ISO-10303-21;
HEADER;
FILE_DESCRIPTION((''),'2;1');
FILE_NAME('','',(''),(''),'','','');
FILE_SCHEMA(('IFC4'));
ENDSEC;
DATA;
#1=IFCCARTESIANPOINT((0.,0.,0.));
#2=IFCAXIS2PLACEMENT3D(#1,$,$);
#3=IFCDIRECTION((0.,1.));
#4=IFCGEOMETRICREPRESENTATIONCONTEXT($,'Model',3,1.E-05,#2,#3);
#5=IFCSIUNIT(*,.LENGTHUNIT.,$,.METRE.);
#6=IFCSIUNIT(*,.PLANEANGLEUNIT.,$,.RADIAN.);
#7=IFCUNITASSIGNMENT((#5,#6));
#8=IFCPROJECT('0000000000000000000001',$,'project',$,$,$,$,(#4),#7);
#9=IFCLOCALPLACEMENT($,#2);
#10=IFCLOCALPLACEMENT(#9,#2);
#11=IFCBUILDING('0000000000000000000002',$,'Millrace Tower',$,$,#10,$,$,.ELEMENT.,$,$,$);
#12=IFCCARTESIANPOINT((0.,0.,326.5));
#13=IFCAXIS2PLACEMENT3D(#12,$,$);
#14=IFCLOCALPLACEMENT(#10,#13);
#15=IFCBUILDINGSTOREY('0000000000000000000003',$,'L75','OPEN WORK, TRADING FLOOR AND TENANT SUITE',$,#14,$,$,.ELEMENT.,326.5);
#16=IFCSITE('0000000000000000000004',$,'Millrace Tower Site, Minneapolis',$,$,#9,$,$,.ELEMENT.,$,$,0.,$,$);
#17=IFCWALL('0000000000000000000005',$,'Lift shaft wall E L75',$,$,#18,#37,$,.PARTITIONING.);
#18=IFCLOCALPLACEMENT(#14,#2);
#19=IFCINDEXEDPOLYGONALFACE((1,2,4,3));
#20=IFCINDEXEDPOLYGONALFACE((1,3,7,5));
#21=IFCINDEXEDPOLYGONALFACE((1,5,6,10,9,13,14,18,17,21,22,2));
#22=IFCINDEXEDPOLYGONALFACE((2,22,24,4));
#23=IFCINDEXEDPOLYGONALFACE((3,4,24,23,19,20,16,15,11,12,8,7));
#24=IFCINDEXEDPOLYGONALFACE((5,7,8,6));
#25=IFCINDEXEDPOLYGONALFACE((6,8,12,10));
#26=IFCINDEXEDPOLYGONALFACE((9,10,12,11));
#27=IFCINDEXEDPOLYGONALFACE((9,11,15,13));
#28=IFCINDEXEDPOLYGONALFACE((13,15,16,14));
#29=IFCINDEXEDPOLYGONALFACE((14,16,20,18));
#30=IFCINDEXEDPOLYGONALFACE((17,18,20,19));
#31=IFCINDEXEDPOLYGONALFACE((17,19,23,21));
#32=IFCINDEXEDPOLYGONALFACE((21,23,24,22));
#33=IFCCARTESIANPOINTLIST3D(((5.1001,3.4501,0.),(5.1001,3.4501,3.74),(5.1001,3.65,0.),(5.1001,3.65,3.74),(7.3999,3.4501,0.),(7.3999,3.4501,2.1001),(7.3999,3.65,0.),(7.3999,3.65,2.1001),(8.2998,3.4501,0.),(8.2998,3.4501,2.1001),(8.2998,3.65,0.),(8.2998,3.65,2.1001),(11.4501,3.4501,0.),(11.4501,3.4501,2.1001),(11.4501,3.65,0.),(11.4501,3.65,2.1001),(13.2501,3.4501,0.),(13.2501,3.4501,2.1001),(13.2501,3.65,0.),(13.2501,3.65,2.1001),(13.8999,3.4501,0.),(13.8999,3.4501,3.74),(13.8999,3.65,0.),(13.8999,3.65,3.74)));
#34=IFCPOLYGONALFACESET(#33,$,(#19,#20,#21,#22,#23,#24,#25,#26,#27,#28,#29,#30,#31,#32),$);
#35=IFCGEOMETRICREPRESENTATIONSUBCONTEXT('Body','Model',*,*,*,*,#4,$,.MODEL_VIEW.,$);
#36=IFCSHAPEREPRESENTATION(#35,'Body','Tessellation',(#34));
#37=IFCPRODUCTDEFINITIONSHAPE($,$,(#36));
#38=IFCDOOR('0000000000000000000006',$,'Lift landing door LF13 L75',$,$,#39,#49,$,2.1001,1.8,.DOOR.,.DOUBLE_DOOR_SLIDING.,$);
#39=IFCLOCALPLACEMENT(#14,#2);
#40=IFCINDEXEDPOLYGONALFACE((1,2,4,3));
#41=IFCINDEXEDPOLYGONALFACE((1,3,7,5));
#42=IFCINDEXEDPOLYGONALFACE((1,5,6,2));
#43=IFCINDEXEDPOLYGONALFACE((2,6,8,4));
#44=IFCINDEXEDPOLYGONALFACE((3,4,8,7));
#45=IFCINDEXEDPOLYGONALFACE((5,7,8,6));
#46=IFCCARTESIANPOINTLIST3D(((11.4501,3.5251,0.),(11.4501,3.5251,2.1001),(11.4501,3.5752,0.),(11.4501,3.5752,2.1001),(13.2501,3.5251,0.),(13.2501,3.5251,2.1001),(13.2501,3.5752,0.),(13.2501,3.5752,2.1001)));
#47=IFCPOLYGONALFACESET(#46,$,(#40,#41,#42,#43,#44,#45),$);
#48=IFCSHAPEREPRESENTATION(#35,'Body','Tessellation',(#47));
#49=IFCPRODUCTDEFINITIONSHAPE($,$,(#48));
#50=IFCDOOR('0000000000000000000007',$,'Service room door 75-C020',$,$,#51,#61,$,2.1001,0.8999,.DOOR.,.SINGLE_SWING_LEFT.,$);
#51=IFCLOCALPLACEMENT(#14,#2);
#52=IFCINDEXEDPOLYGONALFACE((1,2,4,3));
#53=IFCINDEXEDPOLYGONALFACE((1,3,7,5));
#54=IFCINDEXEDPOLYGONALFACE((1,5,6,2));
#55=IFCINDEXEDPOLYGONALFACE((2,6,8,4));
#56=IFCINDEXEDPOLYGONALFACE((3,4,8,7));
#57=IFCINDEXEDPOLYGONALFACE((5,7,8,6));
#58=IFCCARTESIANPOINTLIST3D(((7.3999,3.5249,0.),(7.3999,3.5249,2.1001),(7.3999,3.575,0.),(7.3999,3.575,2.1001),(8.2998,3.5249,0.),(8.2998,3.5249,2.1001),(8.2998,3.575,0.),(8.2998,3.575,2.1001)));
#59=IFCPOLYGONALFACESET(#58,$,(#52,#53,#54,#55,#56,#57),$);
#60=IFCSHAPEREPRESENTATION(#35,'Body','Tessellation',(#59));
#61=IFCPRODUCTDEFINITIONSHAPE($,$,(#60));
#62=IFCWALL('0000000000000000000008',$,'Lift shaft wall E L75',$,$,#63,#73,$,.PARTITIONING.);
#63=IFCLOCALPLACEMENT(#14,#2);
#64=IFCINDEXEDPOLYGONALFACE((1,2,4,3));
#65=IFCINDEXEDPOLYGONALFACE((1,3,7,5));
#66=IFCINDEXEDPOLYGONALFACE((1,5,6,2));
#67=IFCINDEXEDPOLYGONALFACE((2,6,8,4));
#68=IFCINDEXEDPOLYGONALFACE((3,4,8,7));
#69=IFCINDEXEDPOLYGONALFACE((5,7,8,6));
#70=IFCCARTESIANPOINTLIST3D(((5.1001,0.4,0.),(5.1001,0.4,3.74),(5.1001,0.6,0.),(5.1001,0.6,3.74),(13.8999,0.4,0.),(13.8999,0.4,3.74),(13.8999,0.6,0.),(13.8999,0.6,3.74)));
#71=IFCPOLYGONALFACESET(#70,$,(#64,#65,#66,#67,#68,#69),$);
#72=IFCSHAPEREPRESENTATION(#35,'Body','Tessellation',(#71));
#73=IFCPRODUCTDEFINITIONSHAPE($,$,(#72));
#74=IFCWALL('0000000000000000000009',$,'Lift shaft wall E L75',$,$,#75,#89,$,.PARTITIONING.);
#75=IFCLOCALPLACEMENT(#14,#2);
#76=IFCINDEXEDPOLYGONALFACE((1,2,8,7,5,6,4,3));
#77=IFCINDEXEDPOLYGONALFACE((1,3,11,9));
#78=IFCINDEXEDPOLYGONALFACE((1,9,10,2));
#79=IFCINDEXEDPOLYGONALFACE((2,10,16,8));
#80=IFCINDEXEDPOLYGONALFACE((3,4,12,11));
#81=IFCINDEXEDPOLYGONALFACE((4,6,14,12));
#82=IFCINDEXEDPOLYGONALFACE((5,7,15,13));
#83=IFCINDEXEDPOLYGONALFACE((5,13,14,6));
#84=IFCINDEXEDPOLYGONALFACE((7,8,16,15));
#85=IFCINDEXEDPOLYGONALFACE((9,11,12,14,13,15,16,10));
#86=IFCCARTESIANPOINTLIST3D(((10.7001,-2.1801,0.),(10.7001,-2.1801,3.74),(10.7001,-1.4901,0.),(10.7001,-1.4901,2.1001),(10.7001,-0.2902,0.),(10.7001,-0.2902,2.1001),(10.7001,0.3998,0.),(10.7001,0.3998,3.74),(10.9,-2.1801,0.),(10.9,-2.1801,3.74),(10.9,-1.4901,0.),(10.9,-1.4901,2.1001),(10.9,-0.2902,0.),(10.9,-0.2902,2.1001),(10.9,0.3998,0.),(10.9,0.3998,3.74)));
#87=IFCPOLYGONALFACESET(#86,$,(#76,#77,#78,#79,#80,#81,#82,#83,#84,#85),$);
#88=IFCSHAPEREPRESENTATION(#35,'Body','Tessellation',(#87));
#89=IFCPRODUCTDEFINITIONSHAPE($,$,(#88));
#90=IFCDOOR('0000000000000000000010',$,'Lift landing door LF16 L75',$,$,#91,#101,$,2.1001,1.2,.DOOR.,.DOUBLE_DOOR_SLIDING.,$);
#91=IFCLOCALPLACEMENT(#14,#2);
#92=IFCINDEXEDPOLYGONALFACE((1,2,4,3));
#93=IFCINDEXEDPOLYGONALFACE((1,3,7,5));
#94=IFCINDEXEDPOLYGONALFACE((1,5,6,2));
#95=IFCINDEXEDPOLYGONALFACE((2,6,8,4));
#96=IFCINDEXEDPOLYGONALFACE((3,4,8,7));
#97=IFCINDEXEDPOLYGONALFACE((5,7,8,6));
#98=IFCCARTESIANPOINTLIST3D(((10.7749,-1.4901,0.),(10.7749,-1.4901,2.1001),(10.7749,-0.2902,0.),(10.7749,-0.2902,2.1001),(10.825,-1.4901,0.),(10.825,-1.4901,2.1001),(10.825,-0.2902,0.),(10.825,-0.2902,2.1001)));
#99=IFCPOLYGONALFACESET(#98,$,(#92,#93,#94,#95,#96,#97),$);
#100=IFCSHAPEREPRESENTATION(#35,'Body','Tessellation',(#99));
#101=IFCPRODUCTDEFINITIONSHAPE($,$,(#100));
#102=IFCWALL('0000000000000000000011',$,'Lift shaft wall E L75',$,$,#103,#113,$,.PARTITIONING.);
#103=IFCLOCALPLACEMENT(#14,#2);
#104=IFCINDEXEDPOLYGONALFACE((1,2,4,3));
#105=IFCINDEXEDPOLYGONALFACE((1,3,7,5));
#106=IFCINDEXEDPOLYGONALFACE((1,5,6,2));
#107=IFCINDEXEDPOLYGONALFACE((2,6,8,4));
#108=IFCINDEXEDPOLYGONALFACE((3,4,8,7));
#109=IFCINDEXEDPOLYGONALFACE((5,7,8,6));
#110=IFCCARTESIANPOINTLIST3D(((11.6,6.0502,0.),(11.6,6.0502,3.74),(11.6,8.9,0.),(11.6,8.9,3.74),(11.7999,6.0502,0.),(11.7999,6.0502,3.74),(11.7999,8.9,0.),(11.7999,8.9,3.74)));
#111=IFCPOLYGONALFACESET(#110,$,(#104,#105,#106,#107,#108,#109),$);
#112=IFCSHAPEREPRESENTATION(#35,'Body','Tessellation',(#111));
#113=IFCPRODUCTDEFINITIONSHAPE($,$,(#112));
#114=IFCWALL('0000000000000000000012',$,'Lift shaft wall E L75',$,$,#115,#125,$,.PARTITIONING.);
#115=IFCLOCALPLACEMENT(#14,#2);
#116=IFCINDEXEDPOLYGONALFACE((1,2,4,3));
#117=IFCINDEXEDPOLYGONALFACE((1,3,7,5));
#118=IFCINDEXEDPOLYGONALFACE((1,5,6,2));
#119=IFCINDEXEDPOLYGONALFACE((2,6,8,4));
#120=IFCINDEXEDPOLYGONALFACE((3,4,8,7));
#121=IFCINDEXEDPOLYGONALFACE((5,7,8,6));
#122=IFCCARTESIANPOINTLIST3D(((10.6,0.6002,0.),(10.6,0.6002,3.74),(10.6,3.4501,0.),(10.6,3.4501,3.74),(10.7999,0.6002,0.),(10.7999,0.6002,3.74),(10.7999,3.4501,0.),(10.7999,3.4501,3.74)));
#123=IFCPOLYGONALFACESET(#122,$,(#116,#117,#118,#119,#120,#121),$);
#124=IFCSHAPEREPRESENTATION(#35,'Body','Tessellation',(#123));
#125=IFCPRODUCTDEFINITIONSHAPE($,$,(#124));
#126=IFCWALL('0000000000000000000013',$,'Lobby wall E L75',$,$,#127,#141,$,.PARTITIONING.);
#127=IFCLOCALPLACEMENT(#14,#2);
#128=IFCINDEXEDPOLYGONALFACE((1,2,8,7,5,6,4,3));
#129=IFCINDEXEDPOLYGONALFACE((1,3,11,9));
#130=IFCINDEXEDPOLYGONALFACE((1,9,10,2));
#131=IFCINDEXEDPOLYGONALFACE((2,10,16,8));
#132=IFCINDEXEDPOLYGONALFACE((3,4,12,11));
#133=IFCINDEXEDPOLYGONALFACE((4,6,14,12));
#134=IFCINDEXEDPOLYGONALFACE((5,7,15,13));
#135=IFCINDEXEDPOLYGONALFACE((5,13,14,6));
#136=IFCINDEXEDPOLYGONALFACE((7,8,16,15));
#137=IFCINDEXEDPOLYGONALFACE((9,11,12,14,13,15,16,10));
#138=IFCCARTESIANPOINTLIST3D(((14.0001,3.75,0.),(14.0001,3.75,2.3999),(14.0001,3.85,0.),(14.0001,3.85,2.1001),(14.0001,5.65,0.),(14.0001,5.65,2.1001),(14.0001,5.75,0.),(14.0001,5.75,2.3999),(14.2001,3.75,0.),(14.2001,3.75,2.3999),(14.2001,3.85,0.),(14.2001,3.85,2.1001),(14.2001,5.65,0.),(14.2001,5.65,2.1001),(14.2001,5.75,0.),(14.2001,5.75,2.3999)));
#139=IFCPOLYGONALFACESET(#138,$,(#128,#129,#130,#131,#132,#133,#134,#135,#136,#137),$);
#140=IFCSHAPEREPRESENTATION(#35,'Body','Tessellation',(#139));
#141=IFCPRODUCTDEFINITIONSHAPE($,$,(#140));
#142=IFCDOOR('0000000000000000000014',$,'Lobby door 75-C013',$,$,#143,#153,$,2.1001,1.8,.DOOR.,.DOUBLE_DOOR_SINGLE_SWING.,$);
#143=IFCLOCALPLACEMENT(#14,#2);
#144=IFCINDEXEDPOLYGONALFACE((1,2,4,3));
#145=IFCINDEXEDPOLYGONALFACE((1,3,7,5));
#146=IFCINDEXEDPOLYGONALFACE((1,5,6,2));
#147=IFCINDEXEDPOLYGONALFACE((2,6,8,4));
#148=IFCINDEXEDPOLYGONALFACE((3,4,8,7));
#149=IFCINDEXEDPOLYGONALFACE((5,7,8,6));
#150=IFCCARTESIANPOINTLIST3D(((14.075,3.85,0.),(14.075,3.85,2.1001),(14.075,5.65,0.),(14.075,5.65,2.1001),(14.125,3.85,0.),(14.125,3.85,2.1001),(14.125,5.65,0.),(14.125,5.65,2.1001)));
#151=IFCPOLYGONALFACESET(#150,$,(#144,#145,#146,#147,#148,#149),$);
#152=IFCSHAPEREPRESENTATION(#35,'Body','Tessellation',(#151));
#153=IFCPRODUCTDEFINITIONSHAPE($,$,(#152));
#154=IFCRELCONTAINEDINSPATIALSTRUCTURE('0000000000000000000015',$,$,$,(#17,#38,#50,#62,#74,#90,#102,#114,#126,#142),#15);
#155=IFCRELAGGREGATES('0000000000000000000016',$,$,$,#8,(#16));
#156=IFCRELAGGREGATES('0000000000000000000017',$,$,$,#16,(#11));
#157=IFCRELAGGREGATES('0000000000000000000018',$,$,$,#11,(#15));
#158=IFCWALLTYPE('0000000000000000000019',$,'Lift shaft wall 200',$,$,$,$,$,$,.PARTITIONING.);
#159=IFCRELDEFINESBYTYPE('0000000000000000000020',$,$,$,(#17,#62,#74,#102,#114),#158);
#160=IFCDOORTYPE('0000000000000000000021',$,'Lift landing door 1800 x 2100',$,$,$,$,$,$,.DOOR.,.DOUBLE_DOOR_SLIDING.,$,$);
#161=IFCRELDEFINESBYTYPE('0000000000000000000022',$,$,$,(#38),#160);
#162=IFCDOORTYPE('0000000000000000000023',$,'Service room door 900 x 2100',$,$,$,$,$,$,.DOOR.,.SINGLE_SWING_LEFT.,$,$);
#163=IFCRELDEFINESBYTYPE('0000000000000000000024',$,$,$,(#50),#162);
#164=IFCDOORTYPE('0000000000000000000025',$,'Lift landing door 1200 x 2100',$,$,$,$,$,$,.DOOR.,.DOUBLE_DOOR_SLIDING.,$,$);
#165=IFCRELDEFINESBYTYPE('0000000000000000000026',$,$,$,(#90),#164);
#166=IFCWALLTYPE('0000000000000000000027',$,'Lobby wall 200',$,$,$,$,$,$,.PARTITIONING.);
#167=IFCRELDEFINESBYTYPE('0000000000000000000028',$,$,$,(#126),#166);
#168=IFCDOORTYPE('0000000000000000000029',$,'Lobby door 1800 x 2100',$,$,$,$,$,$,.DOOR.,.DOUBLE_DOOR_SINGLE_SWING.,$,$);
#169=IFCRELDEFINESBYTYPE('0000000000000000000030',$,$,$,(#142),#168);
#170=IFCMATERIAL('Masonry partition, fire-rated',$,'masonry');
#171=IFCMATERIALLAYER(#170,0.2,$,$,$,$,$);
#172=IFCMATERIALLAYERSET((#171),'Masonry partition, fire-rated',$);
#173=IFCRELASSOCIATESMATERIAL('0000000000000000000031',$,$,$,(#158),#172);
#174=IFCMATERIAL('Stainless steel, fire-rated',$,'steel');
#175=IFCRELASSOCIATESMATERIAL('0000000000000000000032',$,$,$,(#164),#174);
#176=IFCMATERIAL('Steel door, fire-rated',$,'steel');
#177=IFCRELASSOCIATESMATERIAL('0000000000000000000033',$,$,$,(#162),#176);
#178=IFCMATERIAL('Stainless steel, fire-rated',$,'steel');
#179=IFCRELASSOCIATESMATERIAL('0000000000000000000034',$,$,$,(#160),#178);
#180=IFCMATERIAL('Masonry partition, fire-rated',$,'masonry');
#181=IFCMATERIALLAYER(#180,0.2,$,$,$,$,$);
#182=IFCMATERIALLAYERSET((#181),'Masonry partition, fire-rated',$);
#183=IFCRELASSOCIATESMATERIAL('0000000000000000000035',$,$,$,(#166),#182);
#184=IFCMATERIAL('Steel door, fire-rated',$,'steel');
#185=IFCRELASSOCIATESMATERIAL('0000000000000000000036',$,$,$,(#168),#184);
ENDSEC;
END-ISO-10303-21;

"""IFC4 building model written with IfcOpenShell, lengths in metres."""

from ifc_helpers import new_model, si_unit, direction, frame, frame_2d, origin, place, context, subcontext, project, spatial, rectangle, extrude, material, layer, layer_set, type_object, element, fill, save


model = new_model("IFC4")

# Units and contexts
model_context = context("Model", 3, precision=1e-05, world=origin(), true_north=direction((0.0, 1.0)))
body_context = subcontext(model_context, "Body", "Model", "MODEL_VIEW")
ifc_project = project(units=[si_unit("LENGTHUNIT", "METRE"), si_unit("PLANEANGLEUNIT", "RADIAN")], contexts=[model_context])

# Site, building, storey
site_placement = place(None, origin())
site = spatial("IfcSite", under=ifc_project, at=site_placement, Name="Millrace Tower Site, Minneapolis", CompositionType="ELEMENT", RefElevation=0.0)
building_placement = place(site_placement, origin())
building = spatial("IfcBuilding", under=site, at=building_placement, Name="Millrace Tower", CompositionType="ELEMENT")
storey_placement = place(building_placement, frame((0.0, 0.0, 326.5)))
storey = spatial("IfcBuildingStorey", under=building, at=storey_placement, Name="L75", Description="OPEN WORK, TRADING FLOOR AND TENANT SUITE", CompositionType="ELEMENT", Elevation=326.5)

# Wall, openings, doors
ifc_material_1 = material(Name="Masonry partition, fire-rated", Category="masonry")
ifc_layer_1 = layer(ifc_material_1, 0.2)
ifc_layer_set_1 = layer_set([ifc_layer_1], Name="Masonry partition, fire-rated")
wall_type_1 = type_object("IfcWallType", Name="Lift shaft wall 200", PredefinedType="PARTITIONING", material=ifc_layer_set_1)
ifc_material_2 = material(Name="Stainless steel, fire-rated", Category="steel")
door_type_1 = type_object("IfcDoorType", Name="Lift landing door 1200 x 2100", OperationType="DOUBLE_DOOR_SLIDING", PredefinedType="DOOR", material=ifc_material_2)
ifc_material_3 = material(Name="Steel door, fire-rated", Category="steel")
door_type_2 = type_object("IfcDoorType", Name="Service room door 900 x 2100", OperationType="SINGLE_SWING_LEFT", PredefinedType="DOOR", material=ifc_material_3)
wall_1_placement = place(storey_placement, frame((13.8999, 3.55, 0.0), z_axis=(0.0, 0.0, 1.0), x_axis=(-1.0, 0.0, 0.0)))
wall_1 = element("IfcWall", 1, at=wall_1_placement, inside=storey, type_object=wall_type_1, Name="Lift shaft wall E L75", PredefinedType="PARTITIONING", context=body_context, shape_type="SweptSolid", body=[
    extrude(rectangle(XDim=8.7998, YDim=0.2, at=frame_2d((4.3999, 0.0))), origin(), (0.0, 0.0, 1.0), 3.74),
])
opening_1_placement = place(wall_1_placement, frame((0.6499, 0.0, 0.0)))
opening_1 = element("IfcOpeningElement", 2, at=opening_1_placement, cuts=wall_1, PredefinedType="OPENING", context=body_context, shape_type="SweptSolid", body=[
    extrude(rectangle(XDim=1.8, YDim=2.1001, at=frame_2d((0.8999, 1.05))), frame((0.0, 0.1099, 0.0), z_axis=(0.0, -1.0, 0.0), x_axis=(1.0, 0.0, 0.0)), (0.0, 0.0, 1.0), 0.22),
])
opening_2_placement = place(wall_1_placement, frame((5.6001, 0.0, 0.0)))
opening_2 = element("IfcOpeningElement", 3, at=opening_2_placement, cuts=wall_1, PredefinedType="OPENING", context=body_context, shape_type="SweptSolid", body=[
    extrude(rectangle(XDim=0.8999, YDim=2.1001, at=frame_2d((0.45, 1.05))), frame((0.0, 0.1099, 0.0), z_axis=(0.0, -1.0, 0.0), x_axis=(1.0, 0.0, 0.0)), (0.0, 0.0, 1.0), 0.22),
])
ifc_material_4 = material(Name="Stainless steel, fire-rated", Category="steel")
door_type_3 = type_object("IfcDoorType", Name="Lift landing door 1800 x 2100", OperationType="DOUBLE_DOOR_SLIDING", PredefinedType="DOOR", material=ifc_material_4)
door_1_placement = place(opening_1_placement, origin())
door_1 = element("IfcDoor", 4, at=door_1_placement, inside=storey, type_object=door_type_3, Name="Lift landing door LF13 L75", OperationType="DOUBLE_DOOR_SLIDING", OverallHeight=2.1001, OverallWidth=1.8, PredefinedType="DOOR", context=body_context, shape_type="SweptSolid", body=[
    extrude(rectangle(XDim=1.8, YDim=2.1001, at=frame_2d((0.8999, 1.05))), frame((0.0, 0.0249, 0.0), z_axis=(0.0, -1.0, 0.0), x_axis=(1.0, 0.0, 0.0)), (0.0, 0.0, 1.0), 0.05),
])
fill(opening_1, door_1)
door_2_placement = place(opening_2_placement, frame((0.8999, 0.0, 0.0), z_axis=(0.0, 0.0, 1.0), x_axis=(-1.0, 0.0, 0.0)))
door_2 = element("IfcDoor", 5, at=door_2_placement, inside=storey, type_object=door_type_2, Name="Service room door 75-C020", OperationType="SINGLE_SWING_LEFT", OverallHeight=2.1001, OverallWidth=0.8999, PredefinedType="DOOR", context=body_context, shape_type="SweptSolid", body=[
    extrude(rectangle(XDim=0.8999, YDim=2.1001, at=frame_2d((0.45, 1.05))), frame((0.0, 0.0249, 0.0), z_axis=(0.0, -1.0, 0.0), x_axis=(1.0, 0.0, 0.0)), (0.0, 0.0, 1.0), 0.05),
])
fill(opening_2, door_2)

# Wall
wall_2_placement = place(storey_placement, frame((13.8999, 0.5, 0.0), z_axis=(0.0, 0.0, 1.0), x_axis=(-1.0, 0.0, 0.0)))
element("IfcWall", 6, at=wall_2_placement, inside=storey, type_object=wall_type_1, Name="Lift shaft wall E L75", PredefinedType="PARTITIONING", context=body_context, shape_type="SweptSolid", body=[
    extrude(rectangle(XDim=8.7998, YDim=0.2, at=frame_2d((4.3999, 0.0))), origin(), (0.0, 0.0, 1.0), 3.74),
])

# Wall, opening, door
wall_3_placement = place(storey_placement, frame((10.8, 0.3999, 0.0), z_axis=(0.0, 0.0, 1.0), x_axis=(0.0, -1.0, 0.0)))
wall_3 = element("IfcWall", 7, at=wall_3_placement, inside=storey, type_object=wall_type_1, Name="Lift shaft wall E L75", PredefinedType="PARTITIONING", context=body_context, shape_type="SweptSolid", body=[
    extrude(rectangle(XDim=2.5798, YDim=0.2, at=frame_2d((1.29, 0.0))), origin(), (0.0, 0.0, 1.0), 3.74),
])
opening_3_placement = place(wall_3_placement, frame((0.6899, 0.0, 0.0)))
opening_3 = element("IfcOpeningElement", 8, at=opening_3_placement, cuts=wall_3, PredefinedType="OPENING", context=body_context, shape_type="SweptSolid", body=[
    extrude(rectangle(XDim=1.2, YDim=2.1001, at=frame_2d((0.6001, 1.05))), frame((0.0, 0.1099, 0.0), z_axis=(0.0, -1.0, 0.0), x_axis=(1.0, 0.0, 0.0)), (0.0, 0.0, 1.0), 0.22),
])
door_3_placement = place(opening_3_placement, origin())
door_3 = element("IfcDoor", 9, at=door_3_placement, inside=storey, type_object=door_type_1, Name="Lift landing door LF16 L75", OperationType="DOUBLE_DOOR_SLIDING", OverallHeight=2.1001, OverallWidth=1.2, PredefinedType="DOOR", context=body_context, shape_type="SweptSolid", body=[
    extrude(rectangle(XDim=1.2, YDim=2.1001, at=frame_2d((0.6001, 1.05))), frame((0.0, 0.0249, 0.0), z_axis=(0.0, -1.0, 0.0), x_axis=(1.0, 0.0, 0.0)), (0.0, 0.0, 1.0), 0.05),
])
fill(opening_3, door_3)

# Walls
for number, where, z_axis, x_axis, name in (
    (10, (11.7, 8.8999, 0.0), (0.0, 0.0, 1.0), (0.0, -1.0, 0.0), "Lift shaft wall E L75"),
    (11, (10.7, 3.45, 0.0), (0.0, 0.0, 1.0), (0.0, -1.0, 0.0), "Lift shaft wall E L75"),
):
    element("IfcWall", number, at=place(storey_placement, frame(where, z_axis=z_axis, x_axis=x_axis)), inside=storey, type_object=wall_type_1, Name=name, PredefinedType="PARTITIONING", context=body_context, shape_type="SweptSolid", body=[
        extrude(rectangle(XDim=2.8499, YDim=0.2, at=frame_2d((1.4248, 0.0))), origin(), (0.0, 0.0, 1.0), 3.74),
    ])

# Wall, opening, door
ifc_material_5 = material(Name="Masonry partition, fire-rated", Category="masonry")
ifc_layer_2 = layer(ifc_material_5, 0.2)
ifc_layer_set_2 = layer_set([ifc_layer_2], Name="Masonry partition, fire-rated")
wall_type_2 = type_object("IfcWallType", Name="Lobby wall 200", PredefinedType="PARTITIONING", material=ifc_layer_set_2)
wall_4_placement = place(storey_placement, frame((14.1001, 5.75, 0.0), z_axis=(0.0, 0.0, 1.0), x_axis=(0.0, -1.0, 0.0)))
wall_4 = element("IfcWall", 12, at=wall_4_placement, inside=storey, type_object=wall_type_2, Name="Lobby wall E L75", PredefinedType="PARTITIONING", context=body_context, shape_type="SweptSolid", body=[
    extrude(rectangle(XDim=2.0, YDim=0.2, at=frame_2d((1.0, 0.0))), origin(), (0.0, 0.0, 1.0), 2.3999),
])
opening_4_placement = place(wall_4_placement, frame((0.1001, 0.0, 0.0)))
opening_4 = element("IfcOpeningElement", 13, at=opening_4_placement, cuts=wall_4, PredefinedType="OPENING", context=body_context, shape_type="SweptSolid", body=[
    extrude(rectangle(XDim=1.8, YDim=2.1001, at=frame_2d((0.8999, 1.05))), frame((0.0, 0.1099, 0.0), z_axis=(0.0, -1.0, 0.0), x_axis=(1.0, 0.0, 0.0)), (0.0, 0.0, 1.0), 0.22),
])
ifc_material_6 = material(Name="Steel door, fire-rated", Category="steel")
door_type_4 = type_object("IfcDoorType", Name="Lobby door 1800 x 2100", OperationType="DOUBLE_DOOR_SINGLE_SWING", PredefinedType="DOOR", material=ifc_material_6)
door_4_placement = place(opening_4_placement, origin())
door_4 = element("IfcDoor", 14, at=door_4_placement, inside=storey, type_object=door_type_4, Name="Lobby door 75-C013", OperationType="DOUBLE_DOOR_SINGLE_SWING", OverallHeight=2.1001, OverallWidth=1.8, PredefinedType="DOOR", context=body_context, shape_type="SweptSolid", body=[
    extrude(rectangle(XDim=1.8, YDim=2.1001, at=frame_2d((0.8999, 1.05))), frame((0.0, 0.0249, 0.0), z_axis=(0.0, -1.0, 0.0), x_axis=(1.0, 0.0, 0.0)), (0.0, 0.0, 1.0), 0.05),
])
fill(opening_4, door_4)

save(model, "model.ifc")
